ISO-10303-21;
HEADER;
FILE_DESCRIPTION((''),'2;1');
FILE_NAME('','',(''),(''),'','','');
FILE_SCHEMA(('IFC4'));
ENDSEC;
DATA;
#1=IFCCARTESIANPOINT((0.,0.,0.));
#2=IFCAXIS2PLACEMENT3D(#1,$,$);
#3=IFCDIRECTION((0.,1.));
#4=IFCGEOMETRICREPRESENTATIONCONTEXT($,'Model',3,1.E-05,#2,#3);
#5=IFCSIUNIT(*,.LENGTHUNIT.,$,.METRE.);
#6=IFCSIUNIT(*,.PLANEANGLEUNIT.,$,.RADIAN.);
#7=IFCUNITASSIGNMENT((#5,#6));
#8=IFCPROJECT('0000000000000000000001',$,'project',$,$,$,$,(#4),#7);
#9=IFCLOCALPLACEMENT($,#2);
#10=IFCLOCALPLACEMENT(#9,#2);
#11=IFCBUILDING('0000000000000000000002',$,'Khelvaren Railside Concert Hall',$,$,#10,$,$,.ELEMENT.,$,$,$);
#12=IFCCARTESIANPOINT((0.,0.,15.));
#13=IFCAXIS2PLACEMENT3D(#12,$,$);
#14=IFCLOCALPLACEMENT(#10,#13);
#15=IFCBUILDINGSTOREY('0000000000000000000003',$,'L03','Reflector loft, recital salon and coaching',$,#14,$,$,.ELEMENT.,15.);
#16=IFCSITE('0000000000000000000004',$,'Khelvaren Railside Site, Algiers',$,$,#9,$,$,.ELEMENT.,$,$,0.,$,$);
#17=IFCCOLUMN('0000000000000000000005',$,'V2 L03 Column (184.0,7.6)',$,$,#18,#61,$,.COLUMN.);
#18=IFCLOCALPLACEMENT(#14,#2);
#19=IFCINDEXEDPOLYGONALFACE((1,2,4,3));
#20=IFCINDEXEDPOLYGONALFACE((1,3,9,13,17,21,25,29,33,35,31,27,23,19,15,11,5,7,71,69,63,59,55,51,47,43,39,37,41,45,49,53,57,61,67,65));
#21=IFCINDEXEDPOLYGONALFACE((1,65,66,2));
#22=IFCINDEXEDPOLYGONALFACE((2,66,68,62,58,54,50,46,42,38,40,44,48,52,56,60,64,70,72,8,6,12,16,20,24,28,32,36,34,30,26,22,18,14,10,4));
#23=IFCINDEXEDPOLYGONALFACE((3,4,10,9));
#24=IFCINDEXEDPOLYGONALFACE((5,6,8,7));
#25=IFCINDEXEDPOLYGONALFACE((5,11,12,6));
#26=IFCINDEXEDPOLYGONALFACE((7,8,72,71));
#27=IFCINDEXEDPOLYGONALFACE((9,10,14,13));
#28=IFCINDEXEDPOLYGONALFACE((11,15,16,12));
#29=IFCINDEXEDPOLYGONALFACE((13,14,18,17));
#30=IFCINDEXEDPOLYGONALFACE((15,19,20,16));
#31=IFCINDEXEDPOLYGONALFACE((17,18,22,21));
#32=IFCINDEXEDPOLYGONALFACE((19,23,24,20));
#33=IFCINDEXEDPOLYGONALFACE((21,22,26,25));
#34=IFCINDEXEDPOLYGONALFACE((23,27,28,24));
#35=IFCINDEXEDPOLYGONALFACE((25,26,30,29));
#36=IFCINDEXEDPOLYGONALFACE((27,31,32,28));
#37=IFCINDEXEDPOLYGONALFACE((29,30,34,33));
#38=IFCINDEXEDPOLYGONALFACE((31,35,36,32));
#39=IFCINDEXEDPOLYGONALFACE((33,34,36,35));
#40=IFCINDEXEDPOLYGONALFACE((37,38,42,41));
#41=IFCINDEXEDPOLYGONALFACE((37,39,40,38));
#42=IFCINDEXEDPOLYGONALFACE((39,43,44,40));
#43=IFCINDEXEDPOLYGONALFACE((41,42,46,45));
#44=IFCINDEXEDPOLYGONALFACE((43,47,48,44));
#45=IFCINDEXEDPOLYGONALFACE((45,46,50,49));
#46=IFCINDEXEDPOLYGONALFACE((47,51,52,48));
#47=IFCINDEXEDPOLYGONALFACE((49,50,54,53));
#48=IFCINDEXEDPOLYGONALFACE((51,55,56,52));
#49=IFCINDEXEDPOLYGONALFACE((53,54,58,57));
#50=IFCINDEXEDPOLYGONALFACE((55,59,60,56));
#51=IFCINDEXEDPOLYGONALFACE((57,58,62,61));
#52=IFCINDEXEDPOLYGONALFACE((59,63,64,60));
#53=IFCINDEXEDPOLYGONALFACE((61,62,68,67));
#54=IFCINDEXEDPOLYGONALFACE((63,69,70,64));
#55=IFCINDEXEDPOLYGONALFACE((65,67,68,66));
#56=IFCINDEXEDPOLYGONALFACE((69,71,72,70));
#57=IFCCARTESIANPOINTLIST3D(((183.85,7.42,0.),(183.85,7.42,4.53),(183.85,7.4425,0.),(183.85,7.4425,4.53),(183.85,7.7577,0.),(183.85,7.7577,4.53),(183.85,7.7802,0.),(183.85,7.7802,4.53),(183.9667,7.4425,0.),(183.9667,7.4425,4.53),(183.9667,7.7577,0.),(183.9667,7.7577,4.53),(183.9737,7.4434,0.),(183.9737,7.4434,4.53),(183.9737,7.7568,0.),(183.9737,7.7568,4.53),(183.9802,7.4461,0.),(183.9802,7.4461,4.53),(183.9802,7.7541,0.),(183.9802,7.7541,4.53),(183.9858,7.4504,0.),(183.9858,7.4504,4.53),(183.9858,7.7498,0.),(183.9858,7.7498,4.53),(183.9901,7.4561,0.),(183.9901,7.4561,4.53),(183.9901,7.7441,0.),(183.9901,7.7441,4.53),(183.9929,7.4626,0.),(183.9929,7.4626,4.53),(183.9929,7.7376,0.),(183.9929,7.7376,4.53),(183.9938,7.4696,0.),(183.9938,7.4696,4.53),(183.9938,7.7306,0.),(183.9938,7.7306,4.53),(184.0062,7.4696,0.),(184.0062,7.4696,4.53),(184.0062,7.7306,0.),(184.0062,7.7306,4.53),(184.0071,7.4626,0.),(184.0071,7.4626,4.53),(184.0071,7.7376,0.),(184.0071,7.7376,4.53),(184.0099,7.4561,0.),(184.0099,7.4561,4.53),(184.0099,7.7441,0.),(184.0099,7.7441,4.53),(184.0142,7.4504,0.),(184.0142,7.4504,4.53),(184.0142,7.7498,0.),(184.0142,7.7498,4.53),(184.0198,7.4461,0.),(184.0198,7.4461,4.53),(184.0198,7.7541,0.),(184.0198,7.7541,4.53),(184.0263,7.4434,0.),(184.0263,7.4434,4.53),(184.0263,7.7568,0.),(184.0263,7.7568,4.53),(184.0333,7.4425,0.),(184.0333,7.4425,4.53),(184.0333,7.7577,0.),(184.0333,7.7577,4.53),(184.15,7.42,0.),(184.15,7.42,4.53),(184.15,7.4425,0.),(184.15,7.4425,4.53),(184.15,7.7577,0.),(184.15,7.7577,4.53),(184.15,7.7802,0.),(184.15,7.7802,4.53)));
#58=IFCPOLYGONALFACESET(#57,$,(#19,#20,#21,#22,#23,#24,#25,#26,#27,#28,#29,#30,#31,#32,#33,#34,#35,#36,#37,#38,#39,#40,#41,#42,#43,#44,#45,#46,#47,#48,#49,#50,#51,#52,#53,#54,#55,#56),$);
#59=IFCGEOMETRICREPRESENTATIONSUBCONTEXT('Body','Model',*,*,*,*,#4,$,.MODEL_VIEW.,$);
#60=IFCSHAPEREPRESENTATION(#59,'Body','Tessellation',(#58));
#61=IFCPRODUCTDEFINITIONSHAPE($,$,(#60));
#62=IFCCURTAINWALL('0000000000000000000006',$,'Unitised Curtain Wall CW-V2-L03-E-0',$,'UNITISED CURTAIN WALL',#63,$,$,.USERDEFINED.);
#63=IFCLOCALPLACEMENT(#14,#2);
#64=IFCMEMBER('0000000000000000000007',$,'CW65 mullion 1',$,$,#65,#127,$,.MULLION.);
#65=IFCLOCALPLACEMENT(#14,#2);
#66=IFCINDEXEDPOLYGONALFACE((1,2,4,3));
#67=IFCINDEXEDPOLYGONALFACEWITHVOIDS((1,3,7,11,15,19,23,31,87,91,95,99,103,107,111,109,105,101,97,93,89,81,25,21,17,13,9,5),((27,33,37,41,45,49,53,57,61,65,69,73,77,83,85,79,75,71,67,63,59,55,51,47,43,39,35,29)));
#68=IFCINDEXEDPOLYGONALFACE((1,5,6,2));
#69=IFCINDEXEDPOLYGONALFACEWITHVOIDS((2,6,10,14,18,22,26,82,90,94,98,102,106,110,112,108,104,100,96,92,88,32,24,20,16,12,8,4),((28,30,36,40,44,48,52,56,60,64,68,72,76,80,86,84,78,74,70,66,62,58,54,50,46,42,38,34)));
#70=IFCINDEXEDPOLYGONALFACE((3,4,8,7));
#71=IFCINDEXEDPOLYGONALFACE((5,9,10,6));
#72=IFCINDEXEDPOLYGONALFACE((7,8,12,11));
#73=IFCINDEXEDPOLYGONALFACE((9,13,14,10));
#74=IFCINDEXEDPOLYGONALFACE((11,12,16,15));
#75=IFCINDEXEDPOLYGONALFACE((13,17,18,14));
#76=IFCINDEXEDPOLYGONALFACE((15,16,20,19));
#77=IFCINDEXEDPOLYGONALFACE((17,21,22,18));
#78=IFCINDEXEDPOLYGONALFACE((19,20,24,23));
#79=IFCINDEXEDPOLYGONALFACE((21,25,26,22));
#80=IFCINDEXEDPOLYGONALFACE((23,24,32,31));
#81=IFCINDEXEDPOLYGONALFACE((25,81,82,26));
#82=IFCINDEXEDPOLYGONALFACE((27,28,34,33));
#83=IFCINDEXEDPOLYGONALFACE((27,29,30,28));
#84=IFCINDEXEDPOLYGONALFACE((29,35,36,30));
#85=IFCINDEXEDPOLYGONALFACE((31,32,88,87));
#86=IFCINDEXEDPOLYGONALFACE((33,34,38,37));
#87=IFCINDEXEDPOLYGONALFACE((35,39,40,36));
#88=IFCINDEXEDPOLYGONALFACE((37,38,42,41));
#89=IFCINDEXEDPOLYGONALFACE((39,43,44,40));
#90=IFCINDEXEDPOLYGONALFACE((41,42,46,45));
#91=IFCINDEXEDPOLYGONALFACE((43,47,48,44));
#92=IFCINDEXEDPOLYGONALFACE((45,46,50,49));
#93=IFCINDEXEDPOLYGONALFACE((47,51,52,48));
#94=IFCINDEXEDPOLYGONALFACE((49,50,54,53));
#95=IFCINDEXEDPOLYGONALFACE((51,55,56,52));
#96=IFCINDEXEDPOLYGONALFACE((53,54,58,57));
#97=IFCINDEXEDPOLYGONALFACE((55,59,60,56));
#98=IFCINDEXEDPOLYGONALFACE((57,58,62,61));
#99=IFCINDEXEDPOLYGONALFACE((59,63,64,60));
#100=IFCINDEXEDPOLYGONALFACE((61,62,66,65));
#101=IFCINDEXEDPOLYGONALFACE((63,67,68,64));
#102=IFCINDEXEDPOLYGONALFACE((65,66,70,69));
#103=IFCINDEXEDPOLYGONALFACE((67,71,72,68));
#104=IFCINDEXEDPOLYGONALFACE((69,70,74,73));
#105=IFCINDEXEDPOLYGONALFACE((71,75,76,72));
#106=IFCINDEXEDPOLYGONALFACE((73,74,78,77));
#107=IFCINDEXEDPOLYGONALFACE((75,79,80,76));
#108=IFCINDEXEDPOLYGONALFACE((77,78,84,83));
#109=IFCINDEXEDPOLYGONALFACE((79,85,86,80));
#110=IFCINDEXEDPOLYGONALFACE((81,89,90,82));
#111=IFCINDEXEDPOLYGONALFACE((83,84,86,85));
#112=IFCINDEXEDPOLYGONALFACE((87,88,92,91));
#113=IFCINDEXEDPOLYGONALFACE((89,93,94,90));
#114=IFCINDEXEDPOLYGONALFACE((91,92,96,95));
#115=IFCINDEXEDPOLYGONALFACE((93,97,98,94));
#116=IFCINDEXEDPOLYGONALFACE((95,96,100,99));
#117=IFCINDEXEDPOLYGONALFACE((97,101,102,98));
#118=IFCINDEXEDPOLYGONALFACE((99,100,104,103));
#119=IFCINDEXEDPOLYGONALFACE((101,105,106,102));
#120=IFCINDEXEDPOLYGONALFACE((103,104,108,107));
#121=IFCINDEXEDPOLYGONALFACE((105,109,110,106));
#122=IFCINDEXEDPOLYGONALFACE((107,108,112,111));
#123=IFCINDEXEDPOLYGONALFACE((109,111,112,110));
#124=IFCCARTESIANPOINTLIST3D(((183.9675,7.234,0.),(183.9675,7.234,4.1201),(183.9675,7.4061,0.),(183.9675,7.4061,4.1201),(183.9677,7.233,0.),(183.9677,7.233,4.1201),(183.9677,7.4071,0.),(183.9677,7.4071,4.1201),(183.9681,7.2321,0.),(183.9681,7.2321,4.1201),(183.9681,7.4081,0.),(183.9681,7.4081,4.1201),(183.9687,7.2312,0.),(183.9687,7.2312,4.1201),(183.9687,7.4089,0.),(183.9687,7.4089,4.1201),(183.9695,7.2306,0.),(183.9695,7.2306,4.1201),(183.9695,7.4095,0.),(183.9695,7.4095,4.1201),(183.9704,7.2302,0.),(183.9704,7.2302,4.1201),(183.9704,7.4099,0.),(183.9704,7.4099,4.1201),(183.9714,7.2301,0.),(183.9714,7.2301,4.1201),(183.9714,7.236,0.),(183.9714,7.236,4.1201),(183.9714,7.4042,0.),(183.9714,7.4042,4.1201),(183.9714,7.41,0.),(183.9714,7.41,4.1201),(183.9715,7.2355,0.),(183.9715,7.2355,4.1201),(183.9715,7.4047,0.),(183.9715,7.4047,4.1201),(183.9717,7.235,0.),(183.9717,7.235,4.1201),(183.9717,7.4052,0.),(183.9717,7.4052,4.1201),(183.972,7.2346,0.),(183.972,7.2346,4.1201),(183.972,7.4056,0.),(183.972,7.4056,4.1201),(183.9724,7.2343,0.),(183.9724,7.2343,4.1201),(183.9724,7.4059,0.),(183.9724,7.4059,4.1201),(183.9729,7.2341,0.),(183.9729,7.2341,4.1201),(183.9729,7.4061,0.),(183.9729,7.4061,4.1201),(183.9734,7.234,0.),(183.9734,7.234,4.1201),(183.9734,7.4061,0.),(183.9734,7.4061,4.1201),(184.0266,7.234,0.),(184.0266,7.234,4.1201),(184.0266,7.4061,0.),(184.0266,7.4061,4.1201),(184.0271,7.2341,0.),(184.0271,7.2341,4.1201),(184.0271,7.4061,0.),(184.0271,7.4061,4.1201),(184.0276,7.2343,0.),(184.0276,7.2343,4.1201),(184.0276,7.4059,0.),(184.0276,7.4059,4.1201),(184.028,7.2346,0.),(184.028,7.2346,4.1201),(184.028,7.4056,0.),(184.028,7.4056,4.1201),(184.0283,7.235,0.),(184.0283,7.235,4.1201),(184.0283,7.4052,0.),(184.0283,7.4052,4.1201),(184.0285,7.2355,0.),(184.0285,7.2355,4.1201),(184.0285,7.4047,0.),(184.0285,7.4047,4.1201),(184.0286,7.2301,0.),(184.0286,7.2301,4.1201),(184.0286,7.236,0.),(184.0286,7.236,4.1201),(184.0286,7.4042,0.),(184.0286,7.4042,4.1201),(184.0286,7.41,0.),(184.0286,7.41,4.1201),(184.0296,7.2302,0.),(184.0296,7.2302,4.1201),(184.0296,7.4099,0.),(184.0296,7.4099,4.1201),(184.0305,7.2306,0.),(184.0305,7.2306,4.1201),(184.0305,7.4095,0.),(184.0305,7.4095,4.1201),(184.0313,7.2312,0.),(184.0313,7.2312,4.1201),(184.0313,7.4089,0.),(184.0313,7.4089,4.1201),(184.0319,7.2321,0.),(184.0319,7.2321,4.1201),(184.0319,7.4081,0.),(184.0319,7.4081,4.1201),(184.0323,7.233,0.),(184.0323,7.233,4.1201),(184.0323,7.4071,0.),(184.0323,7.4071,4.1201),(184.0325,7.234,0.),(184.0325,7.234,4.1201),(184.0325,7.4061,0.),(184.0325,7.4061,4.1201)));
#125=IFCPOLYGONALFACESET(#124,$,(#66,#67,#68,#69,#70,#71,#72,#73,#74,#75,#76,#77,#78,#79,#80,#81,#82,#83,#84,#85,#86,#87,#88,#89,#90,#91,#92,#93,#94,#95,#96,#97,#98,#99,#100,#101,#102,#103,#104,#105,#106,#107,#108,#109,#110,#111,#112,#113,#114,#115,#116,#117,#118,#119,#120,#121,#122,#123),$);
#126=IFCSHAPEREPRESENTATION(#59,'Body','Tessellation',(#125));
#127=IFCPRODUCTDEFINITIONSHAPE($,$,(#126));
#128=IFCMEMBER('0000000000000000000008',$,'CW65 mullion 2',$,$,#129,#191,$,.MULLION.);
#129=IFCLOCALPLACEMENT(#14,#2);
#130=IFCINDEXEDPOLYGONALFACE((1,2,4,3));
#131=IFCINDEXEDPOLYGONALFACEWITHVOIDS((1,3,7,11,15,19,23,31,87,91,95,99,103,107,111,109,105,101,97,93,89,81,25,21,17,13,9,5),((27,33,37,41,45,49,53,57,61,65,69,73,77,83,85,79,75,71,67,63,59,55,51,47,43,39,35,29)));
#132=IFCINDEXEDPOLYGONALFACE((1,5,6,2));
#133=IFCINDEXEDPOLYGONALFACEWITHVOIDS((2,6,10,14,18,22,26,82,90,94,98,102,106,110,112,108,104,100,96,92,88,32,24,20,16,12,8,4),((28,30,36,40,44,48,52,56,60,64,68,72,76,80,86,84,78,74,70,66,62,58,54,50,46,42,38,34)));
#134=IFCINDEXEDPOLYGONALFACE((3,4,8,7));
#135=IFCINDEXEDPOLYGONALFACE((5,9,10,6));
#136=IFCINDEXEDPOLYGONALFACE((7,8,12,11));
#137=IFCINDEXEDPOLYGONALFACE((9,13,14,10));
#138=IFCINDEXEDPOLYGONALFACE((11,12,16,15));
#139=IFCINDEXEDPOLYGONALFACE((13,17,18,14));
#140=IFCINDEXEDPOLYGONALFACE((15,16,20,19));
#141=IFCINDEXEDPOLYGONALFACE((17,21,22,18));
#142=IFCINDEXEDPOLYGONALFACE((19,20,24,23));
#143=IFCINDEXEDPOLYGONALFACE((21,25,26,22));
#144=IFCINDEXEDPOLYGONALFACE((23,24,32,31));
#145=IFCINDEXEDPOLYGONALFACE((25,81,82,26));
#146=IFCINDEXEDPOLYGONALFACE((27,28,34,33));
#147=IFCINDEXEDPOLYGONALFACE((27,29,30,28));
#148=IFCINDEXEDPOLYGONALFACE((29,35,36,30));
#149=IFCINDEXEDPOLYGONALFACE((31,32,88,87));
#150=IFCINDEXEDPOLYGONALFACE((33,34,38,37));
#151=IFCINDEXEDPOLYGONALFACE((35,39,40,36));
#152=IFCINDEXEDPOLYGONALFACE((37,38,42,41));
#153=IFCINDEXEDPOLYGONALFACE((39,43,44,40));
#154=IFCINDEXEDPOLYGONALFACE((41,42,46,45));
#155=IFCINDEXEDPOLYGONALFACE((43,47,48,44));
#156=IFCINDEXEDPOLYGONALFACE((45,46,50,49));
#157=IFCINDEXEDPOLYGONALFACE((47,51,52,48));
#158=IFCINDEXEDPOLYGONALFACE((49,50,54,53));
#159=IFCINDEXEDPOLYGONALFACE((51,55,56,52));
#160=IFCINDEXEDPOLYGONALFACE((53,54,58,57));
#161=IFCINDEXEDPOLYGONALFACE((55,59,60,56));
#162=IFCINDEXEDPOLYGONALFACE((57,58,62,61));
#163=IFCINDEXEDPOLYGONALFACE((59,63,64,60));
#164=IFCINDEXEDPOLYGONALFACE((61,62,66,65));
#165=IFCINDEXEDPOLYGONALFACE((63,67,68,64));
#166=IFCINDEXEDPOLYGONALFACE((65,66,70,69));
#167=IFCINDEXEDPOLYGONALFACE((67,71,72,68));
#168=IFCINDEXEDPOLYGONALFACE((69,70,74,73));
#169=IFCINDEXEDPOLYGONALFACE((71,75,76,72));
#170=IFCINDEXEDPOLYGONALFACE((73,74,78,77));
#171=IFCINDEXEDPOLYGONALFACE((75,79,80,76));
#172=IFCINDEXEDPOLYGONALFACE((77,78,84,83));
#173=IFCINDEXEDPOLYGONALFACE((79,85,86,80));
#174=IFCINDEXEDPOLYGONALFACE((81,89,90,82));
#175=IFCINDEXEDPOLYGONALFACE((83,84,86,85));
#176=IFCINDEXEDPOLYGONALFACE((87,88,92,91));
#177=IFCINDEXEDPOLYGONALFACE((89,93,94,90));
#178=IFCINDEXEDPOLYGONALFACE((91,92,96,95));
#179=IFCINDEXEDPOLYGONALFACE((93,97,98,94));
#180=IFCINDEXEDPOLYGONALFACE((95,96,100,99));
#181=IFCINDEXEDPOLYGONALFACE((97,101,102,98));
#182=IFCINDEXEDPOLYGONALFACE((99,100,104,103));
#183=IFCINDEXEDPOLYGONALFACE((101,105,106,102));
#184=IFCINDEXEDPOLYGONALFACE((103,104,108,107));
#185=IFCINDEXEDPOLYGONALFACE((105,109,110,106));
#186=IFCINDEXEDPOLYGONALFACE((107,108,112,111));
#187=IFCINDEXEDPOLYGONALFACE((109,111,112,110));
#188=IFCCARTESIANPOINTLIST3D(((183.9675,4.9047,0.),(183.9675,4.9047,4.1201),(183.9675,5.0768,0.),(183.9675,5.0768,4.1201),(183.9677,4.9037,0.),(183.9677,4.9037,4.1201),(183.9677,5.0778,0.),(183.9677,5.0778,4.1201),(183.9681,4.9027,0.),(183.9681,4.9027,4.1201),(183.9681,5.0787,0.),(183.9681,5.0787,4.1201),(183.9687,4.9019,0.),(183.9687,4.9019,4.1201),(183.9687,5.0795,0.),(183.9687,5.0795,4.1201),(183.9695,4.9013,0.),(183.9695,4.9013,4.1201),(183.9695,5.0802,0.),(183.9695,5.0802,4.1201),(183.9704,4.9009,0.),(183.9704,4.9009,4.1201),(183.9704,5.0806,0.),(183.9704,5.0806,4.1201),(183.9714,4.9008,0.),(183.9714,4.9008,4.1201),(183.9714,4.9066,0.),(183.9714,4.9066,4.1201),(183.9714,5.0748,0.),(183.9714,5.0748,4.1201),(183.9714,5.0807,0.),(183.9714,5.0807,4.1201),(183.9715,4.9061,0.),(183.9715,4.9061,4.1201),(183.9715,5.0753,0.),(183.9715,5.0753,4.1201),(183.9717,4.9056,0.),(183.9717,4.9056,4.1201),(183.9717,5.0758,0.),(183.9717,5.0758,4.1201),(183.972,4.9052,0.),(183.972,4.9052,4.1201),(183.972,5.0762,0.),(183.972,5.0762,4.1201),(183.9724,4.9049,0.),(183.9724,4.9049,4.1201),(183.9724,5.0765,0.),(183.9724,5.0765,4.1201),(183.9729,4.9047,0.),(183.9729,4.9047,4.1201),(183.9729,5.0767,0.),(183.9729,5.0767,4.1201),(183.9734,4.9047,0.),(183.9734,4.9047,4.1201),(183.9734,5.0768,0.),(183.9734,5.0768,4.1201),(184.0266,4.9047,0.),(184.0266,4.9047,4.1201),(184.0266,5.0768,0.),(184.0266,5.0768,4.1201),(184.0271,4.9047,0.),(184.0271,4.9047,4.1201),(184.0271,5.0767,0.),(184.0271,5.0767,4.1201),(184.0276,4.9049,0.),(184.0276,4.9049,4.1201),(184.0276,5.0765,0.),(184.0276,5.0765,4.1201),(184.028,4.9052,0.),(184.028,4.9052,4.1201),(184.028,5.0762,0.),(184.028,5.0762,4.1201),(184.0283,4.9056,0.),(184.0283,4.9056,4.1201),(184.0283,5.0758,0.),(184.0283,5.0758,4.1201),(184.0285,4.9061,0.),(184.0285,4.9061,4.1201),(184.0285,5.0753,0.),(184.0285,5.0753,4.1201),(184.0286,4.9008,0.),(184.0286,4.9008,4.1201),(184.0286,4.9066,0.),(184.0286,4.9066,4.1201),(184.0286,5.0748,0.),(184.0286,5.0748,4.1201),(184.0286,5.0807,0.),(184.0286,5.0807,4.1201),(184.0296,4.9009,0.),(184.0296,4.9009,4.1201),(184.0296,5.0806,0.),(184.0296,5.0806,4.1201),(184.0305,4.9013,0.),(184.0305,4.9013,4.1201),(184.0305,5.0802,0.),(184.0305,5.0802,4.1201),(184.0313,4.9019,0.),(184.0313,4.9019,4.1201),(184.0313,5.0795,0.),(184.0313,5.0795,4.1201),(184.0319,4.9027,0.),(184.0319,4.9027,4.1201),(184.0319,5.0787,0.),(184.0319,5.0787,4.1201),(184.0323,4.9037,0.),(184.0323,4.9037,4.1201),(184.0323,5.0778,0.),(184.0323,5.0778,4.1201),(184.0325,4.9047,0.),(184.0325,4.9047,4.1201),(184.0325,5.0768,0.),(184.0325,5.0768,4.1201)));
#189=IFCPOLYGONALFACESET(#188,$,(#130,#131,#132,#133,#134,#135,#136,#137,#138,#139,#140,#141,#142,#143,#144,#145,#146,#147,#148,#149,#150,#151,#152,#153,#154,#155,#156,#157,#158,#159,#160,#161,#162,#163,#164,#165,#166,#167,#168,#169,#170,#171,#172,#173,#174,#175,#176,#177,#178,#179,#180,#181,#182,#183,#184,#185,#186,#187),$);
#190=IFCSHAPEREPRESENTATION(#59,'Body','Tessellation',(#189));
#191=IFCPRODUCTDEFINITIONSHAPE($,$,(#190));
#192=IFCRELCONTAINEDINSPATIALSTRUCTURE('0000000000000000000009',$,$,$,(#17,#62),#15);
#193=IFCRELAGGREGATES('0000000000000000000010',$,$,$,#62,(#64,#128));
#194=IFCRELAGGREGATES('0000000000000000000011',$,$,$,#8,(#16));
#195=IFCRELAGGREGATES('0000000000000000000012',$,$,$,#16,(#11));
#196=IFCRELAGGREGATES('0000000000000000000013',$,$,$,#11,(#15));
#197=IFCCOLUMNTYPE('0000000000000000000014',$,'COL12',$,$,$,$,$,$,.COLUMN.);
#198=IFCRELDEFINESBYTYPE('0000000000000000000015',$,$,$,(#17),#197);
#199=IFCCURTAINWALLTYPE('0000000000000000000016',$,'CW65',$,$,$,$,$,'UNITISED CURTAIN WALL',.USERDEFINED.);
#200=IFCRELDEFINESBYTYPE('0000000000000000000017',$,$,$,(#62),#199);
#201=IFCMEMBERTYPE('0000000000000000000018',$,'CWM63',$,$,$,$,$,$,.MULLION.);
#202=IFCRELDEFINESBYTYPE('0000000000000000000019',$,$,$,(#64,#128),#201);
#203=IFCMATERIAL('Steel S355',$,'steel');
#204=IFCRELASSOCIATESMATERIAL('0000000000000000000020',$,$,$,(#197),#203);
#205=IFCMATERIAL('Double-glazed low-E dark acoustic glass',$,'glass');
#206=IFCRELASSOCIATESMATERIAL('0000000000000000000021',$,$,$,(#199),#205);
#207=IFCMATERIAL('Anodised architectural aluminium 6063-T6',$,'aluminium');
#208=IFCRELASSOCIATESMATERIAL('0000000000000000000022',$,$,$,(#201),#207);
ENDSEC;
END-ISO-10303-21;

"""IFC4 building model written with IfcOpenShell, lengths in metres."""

from ifc_helpers import new_model, si_unit, direction, frame, origin, origin_2d, place, context, subcontext, project, spatial, hollow_rectangle, i_section, extrude, material, material_profile, profile_set, type_object, element, aggregate, save


model = new_model("IFC4")

# Units and contexts
model_context = context("Model", 3, precision=1e-05, world=origin(), true_north=direction((0.0, 1.0)))
body_context = subcontext(model_context, "Body", "Model", "MODEL_VIEW")
ifc_project = project(units=[si_unit("LENGTHUNIT", "METRE"), si_unit("PLANEANGLEUNIT", "RADIAN")], contexts=[model_context])

# Site, building, storey
site_placement = place(None, origin())
site = spatial("IfcSite", under=ifc_project, at=site_placement, Name="Khelvaren Railside Site, Algiers", CompositionType="ELEMENT", RefElevation=0.0)
building_placement = place(site_placement, origin())
building = spatial("IfcBuilding", under=site, at=building_placement, Name="Khelvaren Railside Concert Hall", CompositionType="ELEMENT")
storey_placement = place(building_placement, frame((0.0, 0.0, 15.0)))
storey = spatial("IfcBuildingStorey", under=building, at=storey_placement, Name="L03", Description="Reflector loft, recital salon and coaching", CompositionType="ELEMENT", Elevation=15.0)

# Column
ifc_material_1 = material(Name="Steel S355", Category="steel")
ifc_material_profile_1 = material_profile(ifc_material_1, i_section(OverallWidth=0.3, OverallDepth=0.3601, WebThickness=0.0125, FlangeThickness=0.0225, FilletRadius=0.0271, at=origin_2d()), Name="HEB 360")
ifc_profile_set_1 = profile_set([ifc_material_profile_1], Name="Steel S355")
column_type = type_object("IfcColumnType", Name="COL12", PredefinedType="COLUMN", material=ifc_profile_set_1)
column_placement = place(storey_placement, frame((184.0, 7.6001, 0.0), z_axis=(0.0, 0.0, 1.0), x_axis=(1.0, 0.0, 0.0)))
element("IfcColumn", 1, at=column_placement, inside=storey, type_object=column_type, Name="V2 L03 Column (184.0,7.6)", PredefinedType="COLUMN", context=body_context, shape_type="SweptSolid", body=[
    extrude(i_section(OverallWidth=0.3, OverallDepth=0.3601, WebThickness=0.0125, FlangeThickness=0.0225, FilletRadius=0.0271, at=origin_2d()), origin(), (0.0, 0.0, 1.0), 4.53),
])

# Curtain wall, members
ifc_material_2 = material(Name="Double-glazed low-E dark acoustic glass", Category="glass")
curtain_wall_type_1 = type_object("IfcCurtainWallType", Name="CW65", ElementType="UNITISED CURTAIN WALL", PredefinedType="USERDEFINED", material=ifc_material_2)
curtain_wall_1_placement = place(storey_placement, origin())
curtain_wall_1 = element("IfcCurtainWall", 2, at=curtain_wall_1_placement, inside=storey, type_object=curtain_wall_type_1, Name="Unitised Curtain Wall CW-V2-L03-E-0", ObjectType="UNITISED CURTAIN WALL", PredefinedType="USERDEFINED")
ifc_material_3 = material(Name="Anodised architectural aluminium 6063-T6", Category="aluminium")
ifc_material_profile_2 = material_profile(ifc_material_3, hollow_rectangle(XDim=0.0649, YDim=0.1799, WallThickness=0.0039, InnerFilletRadius=0.002, OuterFilletRadius=0.0039, at=origin_2d()), Name="CWM 65x180x4")
ifc_profile_set_2 = profile_set([ifc_material_profile_2], Name="Anodised architectural aluminium 6063-T6")
member_type_1 = type_object("IfcMemberType", Name="CWM63", PredefinedType="MULLION", material=ifc_profile_set_2)
member_1_placement = place(storey_placement, frame((184.0, 7.3201, 0.0), z_axis=(0.0, 0.0, 1.0), x_axis=(1.0, 0.0, 0.0)))
member_1 = element("IfcMember", 3, at=member_1_placement, type_object=member_type_1, Name="CW65 mullion 1", PredefinedType="MULLION", context=body_context, shape_type="SweptSolid", body=[
    extrude(hollow_rectangle(XDim=0.0649, YDim=0.1799, WallThickness=0.0039, InnerFilletRadius=0.002, OuterFilletRadius=0.0039, at=origin_2d()), origin(), (0.0, 0.0, 1.0), 4.1201),
])
member_2_placement = place(storey_placement, frame((184.0, 4.9907, 0.0), z_axis=(0.0, 0.0, 1.0), x_axis=(1.0, 0.0, 0.0)))
member_2 = element("IfcMember", 4, at=member_2_placement, type_object=member_type_1, Name="CW65 mullion 2", PredefinedType="MULLION", context=body_context, shape_type="SweptSolid", body=[
    extrude(hollow_rectangle(XDim=0.0649, YDim=0.1799, WallThickness=0.0039, InnerFilletRadius=0.002, OuterFilletRadius=0.0039, at=origin_2d()), origin(), (0.0, 0.0, 1.0), 4.1201),
])

aggregate(curtain_wall_1, [member_1, member_2])

save(model, "model.ifc")
